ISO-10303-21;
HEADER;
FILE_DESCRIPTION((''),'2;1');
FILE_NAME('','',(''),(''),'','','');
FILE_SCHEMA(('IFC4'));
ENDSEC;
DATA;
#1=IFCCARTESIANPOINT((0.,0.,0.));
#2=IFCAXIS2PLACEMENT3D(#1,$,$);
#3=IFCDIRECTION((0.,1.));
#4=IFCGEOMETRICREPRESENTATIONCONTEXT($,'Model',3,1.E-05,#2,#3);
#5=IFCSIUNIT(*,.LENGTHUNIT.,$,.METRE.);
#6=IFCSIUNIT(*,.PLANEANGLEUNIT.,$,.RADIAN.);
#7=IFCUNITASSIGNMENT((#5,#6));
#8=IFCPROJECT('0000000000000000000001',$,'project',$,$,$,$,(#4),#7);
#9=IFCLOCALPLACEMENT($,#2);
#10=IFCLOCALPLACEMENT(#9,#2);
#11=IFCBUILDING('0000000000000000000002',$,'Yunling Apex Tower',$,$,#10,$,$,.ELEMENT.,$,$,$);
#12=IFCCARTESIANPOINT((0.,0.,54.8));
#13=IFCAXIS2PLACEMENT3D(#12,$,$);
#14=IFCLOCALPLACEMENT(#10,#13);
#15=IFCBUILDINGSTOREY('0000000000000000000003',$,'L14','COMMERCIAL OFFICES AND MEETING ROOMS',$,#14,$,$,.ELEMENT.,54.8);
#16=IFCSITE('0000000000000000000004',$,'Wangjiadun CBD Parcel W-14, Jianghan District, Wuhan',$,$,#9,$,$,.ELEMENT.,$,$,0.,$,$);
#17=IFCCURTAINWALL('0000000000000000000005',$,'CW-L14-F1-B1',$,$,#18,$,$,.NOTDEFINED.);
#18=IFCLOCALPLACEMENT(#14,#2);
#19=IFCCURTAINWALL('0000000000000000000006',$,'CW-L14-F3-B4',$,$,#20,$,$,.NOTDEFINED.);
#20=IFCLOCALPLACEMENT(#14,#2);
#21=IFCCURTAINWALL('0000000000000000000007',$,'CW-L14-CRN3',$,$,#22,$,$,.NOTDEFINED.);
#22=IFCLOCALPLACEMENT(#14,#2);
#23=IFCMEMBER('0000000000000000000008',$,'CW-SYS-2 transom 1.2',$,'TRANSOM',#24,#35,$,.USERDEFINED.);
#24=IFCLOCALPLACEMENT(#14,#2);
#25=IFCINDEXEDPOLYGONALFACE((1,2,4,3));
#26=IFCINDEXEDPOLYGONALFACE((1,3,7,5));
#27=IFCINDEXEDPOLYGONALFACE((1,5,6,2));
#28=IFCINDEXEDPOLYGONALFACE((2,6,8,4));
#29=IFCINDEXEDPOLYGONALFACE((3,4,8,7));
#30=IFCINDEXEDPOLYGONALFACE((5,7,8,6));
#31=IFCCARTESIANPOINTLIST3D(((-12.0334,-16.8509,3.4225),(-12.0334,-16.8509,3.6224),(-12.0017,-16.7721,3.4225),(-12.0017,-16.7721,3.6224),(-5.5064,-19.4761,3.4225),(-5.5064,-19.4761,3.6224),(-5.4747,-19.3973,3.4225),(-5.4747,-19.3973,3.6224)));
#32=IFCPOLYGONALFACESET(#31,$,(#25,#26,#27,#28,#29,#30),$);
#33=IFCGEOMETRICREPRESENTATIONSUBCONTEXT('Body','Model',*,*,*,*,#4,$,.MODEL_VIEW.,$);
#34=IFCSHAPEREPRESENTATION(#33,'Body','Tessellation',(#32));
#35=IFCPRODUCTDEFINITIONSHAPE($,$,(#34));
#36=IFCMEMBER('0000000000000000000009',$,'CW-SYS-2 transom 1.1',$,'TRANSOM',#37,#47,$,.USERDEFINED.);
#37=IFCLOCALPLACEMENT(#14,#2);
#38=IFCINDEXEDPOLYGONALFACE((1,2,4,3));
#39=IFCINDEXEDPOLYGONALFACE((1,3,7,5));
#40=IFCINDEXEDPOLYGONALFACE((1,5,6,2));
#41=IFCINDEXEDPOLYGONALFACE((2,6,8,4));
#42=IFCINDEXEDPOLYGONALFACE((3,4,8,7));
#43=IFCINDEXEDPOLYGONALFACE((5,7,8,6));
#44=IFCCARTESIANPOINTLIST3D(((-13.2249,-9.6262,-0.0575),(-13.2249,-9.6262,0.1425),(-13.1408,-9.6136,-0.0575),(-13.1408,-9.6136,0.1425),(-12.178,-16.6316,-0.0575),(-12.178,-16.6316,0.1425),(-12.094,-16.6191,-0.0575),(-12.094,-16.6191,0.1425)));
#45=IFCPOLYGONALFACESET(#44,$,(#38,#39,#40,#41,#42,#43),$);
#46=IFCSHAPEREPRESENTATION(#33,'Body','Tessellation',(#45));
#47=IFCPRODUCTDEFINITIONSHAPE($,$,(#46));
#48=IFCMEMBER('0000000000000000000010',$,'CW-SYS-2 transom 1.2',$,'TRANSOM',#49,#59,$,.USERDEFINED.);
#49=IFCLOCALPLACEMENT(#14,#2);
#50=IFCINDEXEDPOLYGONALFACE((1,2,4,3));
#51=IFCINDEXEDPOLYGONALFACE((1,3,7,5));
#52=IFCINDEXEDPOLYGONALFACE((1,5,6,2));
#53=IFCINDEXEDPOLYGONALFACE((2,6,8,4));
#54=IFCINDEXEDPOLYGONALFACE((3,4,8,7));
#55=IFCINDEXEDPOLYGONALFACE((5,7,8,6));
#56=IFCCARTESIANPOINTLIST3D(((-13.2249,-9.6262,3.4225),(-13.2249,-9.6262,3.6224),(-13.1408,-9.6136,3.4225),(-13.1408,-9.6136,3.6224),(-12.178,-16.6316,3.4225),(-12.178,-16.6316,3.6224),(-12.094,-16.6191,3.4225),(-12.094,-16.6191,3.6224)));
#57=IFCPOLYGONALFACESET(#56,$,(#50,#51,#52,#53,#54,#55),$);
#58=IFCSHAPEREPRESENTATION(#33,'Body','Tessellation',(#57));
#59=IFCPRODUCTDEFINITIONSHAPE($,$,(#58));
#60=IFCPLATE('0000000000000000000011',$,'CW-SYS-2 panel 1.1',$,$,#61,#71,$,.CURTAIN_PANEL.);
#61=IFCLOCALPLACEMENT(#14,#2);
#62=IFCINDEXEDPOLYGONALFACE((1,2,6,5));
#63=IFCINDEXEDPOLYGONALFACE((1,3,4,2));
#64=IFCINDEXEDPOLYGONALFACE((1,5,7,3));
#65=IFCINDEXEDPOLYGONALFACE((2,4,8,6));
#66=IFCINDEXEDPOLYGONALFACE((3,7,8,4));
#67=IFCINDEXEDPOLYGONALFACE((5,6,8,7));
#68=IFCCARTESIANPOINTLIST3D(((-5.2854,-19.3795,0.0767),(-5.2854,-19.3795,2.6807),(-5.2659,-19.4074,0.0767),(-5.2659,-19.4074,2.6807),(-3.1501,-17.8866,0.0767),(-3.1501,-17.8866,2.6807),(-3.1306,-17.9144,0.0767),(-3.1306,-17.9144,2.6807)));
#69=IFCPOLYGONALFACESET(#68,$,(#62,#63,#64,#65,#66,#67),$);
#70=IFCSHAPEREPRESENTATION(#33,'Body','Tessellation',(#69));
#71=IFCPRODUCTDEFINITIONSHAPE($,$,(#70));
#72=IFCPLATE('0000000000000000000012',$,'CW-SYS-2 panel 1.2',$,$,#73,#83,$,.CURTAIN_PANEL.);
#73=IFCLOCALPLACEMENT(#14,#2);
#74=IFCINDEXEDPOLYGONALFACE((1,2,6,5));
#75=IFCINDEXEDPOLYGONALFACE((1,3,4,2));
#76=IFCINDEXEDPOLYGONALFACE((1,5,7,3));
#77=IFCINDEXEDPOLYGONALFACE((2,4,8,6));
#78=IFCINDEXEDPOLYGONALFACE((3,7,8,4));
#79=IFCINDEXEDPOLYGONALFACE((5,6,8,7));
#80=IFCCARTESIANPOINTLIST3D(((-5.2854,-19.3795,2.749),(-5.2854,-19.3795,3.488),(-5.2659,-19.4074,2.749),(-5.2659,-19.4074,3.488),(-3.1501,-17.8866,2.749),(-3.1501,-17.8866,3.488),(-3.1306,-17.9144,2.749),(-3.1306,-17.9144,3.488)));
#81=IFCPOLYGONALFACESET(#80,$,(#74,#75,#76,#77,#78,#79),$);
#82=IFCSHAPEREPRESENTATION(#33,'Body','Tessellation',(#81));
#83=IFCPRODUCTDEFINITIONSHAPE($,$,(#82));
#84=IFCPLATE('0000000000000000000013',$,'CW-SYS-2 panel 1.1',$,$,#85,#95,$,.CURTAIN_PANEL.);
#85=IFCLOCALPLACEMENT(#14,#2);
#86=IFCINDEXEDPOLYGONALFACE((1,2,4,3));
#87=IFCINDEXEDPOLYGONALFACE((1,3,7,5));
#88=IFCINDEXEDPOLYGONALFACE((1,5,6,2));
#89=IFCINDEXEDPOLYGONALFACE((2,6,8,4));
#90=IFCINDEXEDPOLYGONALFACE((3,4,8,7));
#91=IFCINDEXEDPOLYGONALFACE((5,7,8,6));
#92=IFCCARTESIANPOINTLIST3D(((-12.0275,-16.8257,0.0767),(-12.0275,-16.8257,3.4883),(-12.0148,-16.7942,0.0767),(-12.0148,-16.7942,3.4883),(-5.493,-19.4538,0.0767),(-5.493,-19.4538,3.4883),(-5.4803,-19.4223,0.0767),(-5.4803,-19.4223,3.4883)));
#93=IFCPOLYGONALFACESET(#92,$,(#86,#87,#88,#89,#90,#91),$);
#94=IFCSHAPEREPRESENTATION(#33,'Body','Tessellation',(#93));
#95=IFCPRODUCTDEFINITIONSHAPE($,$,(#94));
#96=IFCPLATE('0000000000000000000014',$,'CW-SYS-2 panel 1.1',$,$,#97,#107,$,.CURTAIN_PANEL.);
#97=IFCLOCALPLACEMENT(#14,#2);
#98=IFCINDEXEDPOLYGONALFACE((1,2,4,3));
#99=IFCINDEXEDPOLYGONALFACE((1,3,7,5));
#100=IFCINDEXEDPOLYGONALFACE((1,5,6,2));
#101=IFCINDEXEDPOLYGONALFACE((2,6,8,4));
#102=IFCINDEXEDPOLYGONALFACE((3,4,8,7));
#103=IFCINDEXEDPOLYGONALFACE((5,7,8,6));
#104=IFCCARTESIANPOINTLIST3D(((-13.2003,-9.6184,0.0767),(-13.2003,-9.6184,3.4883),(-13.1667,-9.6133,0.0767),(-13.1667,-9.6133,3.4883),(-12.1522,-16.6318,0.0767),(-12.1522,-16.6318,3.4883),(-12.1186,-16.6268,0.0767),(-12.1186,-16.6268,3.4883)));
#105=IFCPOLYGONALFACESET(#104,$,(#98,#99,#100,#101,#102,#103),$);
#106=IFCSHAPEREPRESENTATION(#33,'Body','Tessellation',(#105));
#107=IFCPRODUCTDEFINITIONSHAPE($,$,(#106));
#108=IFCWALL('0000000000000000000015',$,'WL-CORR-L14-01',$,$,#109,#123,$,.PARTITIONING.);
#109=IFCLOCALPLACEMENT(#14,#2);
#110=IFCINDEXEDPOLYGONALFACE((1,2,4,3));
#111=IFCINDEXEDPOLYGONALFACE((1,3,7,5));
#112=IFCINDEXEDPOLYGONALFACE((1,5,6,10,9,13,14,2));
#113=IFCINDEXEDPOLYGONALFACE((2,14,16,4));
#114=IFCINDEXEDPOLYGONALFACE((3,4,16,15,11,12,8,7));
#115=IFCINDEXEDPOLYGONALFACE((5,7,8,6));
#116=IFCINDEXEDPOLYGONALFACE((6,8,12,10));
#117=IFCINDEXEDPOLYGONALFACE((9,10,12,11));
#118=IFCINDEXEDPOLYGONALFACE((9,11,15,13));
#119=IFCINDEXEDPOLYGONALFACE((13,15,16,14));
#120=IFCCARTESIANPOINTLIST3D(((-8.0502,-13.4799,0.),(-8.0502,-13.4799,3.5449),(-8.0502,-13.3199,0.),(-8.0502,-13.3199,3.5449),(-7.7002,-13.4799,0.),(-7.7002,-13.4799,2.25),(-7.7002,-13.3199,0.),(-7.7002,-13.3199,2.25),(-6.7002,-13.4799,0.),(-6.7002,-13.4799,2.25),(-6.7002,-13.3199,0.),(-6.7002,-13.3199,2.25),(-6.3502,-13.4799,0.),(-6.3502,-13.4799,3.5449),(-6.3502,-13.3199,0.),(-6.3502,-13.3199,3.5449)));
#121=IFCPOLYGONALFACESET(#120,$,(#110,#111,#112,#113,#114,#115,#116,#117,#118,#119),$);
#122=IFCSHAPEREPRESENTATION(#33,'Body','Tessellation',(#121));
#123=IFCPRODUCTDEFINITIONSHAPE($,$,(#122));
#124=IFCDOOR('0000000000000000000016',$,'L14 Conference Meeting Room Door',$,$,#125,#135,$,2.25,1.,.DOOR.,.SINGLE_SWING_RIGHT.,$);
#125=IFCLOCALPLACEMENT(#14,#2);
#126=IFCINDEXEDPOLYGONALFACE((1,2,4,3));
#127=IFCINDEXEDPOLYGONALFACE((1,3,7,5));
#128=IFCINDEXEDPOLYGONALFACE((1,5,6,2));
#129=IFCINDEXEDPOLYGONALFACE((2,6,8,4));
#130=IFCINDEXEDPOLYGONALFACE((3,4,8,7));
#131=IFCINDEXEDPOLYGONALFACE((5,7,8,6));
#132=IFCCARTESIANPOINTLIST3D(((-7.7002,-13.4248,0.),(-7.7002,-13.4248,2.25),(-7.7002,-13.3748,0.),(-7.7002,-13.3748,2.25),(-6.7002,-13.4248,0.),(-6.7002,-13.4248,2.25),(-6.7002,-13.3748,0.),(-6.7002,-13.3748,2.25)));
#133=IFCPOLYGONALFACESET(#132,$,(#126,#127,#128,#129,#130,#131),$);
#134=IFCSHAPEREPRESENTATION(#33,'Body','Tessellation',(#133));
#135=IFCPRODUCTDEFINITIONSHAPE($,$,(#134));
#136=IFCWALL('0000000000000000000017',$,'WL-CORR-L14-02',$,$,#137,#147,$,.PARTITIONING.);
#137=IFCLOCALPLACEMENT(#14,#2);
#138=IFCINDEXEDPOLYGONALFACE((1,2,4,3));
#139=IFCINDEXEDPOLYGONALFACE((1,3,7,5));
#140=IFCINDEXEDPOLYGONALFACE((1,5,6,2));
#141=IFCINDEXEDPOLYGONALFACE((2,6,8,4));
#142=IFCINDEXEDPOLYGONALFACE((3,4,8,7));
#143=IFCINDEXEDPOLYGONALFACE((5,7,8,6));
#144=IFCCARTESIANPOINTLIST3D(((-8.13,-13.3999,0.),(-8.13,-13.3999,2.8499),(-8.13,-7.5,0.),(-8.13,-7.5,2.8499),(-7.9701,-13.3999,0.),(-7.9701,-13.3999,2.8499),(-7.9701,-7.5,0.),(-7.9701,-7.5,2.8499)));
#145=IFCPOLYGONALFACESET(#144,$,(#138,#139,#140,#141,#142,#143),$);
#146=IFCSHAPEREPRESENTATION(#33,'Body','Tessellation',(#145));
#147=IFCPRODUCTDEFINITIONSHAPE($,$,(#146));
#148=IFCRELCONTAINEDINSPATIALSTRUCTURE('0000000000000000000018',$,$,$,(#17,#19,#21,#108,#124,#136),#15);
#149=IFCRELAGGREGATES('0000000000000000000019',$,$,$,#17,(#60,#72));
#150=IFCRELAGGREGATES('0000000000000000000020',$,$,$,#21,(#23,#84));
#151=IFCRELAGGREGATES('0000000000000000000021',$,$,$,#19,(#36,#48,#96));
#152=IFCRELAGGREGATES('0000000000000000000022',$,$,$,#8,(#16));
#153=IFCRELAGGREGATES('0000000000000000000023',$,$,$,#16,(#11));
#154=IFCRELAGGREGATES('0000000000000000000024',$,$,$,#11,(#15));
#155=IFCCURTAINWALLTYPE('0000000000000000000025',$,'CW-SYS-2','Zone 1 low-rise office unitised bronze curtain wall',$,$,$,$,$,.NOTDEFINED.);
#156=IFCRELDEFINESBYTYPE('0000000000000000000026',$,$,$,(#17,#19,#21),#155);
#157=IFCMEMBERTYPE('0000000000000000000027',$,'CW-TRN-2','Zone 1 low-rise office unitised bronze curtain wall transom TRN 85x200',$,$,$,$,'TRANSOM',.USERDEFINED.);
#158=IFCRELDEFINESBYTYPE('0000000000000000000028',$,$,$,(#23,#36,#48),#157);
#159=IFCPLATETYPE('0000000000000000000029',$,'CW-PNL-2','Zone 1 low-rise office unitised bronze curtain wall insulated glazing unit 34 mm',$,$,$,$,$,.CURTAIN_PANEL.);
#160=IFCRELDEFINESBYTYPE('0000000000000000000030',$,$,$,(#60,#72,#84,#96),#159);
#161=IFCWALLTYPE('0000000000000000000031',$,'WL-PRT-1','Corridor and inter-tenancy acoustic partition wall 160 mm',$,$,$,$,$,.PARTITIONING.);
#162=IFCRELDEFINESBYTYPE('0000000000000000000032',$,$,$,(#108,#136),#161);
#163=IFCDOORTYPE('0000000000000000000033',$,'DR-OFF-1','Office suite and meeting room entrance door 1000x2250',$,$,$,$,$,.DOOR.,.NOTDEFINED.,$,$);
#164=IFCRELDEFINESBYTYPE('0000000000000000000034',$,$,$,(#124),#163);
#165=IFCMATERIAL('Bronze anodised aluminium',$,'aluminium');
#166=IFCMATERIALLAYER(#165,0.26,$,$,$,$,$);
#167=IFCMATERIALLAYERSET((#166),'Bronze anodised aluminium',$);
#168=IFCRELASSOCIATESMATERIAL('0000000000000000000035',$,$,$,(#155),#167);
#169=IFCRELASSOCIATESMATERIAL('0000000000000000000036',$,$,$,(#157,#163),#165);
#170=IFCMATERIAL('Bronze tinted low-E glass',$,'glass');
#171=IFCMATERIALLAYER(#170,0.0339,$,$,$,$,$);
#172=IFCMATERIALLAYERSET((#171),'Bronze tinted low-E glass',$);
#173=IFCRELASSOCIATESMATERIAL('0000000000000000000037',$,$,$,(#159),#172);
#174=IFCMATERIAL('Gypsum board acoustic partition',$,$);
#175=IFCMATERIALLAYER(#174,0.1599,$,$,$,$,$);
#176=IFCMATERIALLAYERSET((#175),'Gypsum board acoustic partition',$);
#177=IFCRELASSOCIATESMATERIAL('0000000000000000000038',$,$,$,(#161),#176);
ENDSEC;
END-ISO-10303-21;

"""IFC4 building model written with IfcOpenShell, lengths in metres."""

from ifc_helpers import new_model, si_unit, direction, frame, frame_2d, origin, origin_2d, place, context, subcontext, project, spatial, rectangle, extrude, source, transform, mapped, material, layer, layer_set, material_profile, profile_set, type_object, element, fill, aggregate, save


model = new_model("IFC4")

# Units and contexts
model_context = context("Model", 3, precision=1e-05, world=origin(), true_north=direction((0.0, 1.0)))
body_context = subcontext(model_context, "Body", "Model", "MODEL_VIEW")
ifc_project = project(units=[si_unit("LENGTHUNIT", "METRE"), si_unit("PLANEANGLEUNIT", "RADIAN")], contexts=[model_context])

# Site, building, storey
site_placement = place(None, origin())
site = spatial("IfcSite", under=ifc_project, at=site_placement, Name="Wangjiadun CBD Parcel W-14, Jianghan District, Wuhan", CompositionType="ELEMENT", RefElevation=0.0)
building_placement = place(site_placement, origin())
building = spatial("IfcBuilding", under=site, at=building_placement, Name="Yunling Apex Tower", CompositionType="ELEMENT")
storey_placement = place(building_placement, frame((0.0, 0.0, 54.8)))
storey = spatial("IfcBuildingStorey", under=building, at=storey_placement, Name="L14", Description="COMMERCIAL OFFICES AND MEETING ROOMS", CompositionType="ELEMENT", Elevation=54.8)

# Curtain wall
ifc_material_1 = material(Name="Bronze anodised aluminium", Category="aluminium")
ifc_layer_1 = layer(ifc_material_1, 0.26)
ifc_layer_set_1 = layer_set([ifc_layer_1], Name="Bronze anodised aluminium")
curtain_wall_type = type_object("IfcCurtainWallType", Name="CW-SYS-2", Description="Zone 1 low-rise office unitised bronze curtain wall", PredefinedType="NOTDEFINED", material=ifc_layer_set_1)
curtain_wall_1_placement = place(storey_placement, origin())
curtain_wall_1 = element("IfcCurtainWall", 1, at=curtain_wall_1_placement, inside=storey, type_object=curtain_wall_type, Name="CW-L14-F1-B1", PredefinedType="NOTDEFINED")

# Curtain walls
curtain_wall_2_placement = place(storey_placement, origin())
curtain_wall_2 = element("IfcCurtainWall", 2, at=curtain_wall_2_placement, inside=storey, type_object=curtain_wall_type, Name="CW-L14-F3-B4", PredefinedType="NOTDEFINED")
curtain_wall_3_placement = place(storey_placement, origin())
curtain_wall_3 = element("IfcCurtainWall", 3, at=curtain_wall_3_placement, inside=storey, type_object=curtain_wall_type, Name="CW-L14-CRN3", PredefinedType="NOTDEFINED")

# Members
ifc_material_profile_1 = material_profile(ifc_material_1, rectangle(XDim=0.085, YDim=0.2, at=origin_2d()))
ifc_profile_set_1 = profile_set([ifc_material_profile_1], Name="Bronze anodised aluminium")
member_type_1 = type_object("IfcMemberType", Name="CW-TRN-2", Description="Zone 1 low-rise office unitised bronze curtain wall transom TRN 85x200", ElementType="TRANSOM", PredefinedType="USERDEFINED", material=ifc_profile_set_1)
shared_shape_1 = source(origin(), body_context, "Body", "SweptSolid", [
    extrude(rectangle(XDim=0.085, YDim=0.2, at=origin_2d()), origin(), (0.0, 0.0, 1.0), 7.0352),
])
member_1_placement = place(storey_placement, frame((-12.0176, -16.8115, 3.5225), z_axis=(0.927769, -0.373155, 0.0), x_axis=(0.373155, 0.927769, 0.0)))
member_1 = element("IfcMember", 4, at=member_1_placement, type_object=member_type_1, Name="CW-SYS-2 transom 1.2", ObjectType="TRANSOM", PredefinedType="USERDEFINED", context=body_context, shape_type="MappedRepresentation", body=[
    mapped(shared_shape_1, transform((0.0, 0.0, 0.0), scale=1.0)),
])
shared_shape_2 = source(origin(), body_context, "Body", "SweptSolid", [
    extrude(rectangle(XDim=0.085, YDim=0.2, at=origin_2d()), origin(), (0.0, 0.0, 1.0), 7.0833),
])
member_2_placement = place(storey_placement, frame((-13.1829, -9.6199, 0.0425), z_axis=(0.147798, -0.989018, 0.0), x_axis=(0.989018, 0.147798, 0.0)))
member_2 = element("IfcMember", 5, at=member_2_placement, type_object=member_type_1, Name="CW-SYS-2 transom 1.1", ObjectType="TRANSOM", PredefinedType="USERDEFINED", context=body_context, shape_type="MappedRepresentation", body=[
    mapped(shared_shape_2, transform((0.0, 0.0, 0.0), scale=1.0)),
])
member_3_placement = place(storey_placement, frame((-13.1829, -9.6199, 3.5225), z_axis=(0.147798, -0.989018, 0.0), x_axis=(0.989018, 0.147798, 0.0)))
member_3 = element("IfcMember", 6, at=member_3_placement, type_object=member_type_1, Name="CW-SYS-2 transom 1.2", ObjectType="TRANSOM", PredefinedType="USERDEFINED", context=body_context, shape_type="MappedRepresentation", body=[
    mapped(shared_shape_2, transform((0.0, 0.0, 0.0), scale=1.0)),
])

# Plates
ifc_material_2 = material(Name="Bronze tinted low-E glass", Category="glass")
ifc_layer_2 = layer(ifc_material_2, 0.0339)
ifc_layer_set_2 = layer_set([ifc_layer_2], Name="Bronze tinted low-E glass")
plate_type = type_object("IfcPlateType", Name="CW-PNL-2", Description="Zone 1 low-rise office unitised bronze curtain wall insulated glazing unit 34 mm", PredefinedType="CURTAIN_PANEL", material=ifc_layer_set_2)
shared_shape_3 = source(origin(), body_context, "Body", "SweptSolid", [
    extrude(rectangle(XDim=2.6055, YDim=0.0339, at=origin_2d()), origin(), (0.0, 0.0, 1.0), 2.604),
])
plate_1_placement = place(storey_placement, frame((-4.208, -18.647, 0.0767), z_axis=(0.0, 0.0, 1.0), x_axis=(0.819552, 0.573004, 0.0)))
plate_1 = element("IfcPlate", 7, at=plate_1_placement, type_object=plate_type, Name="CW-SYS-2 panel 1.1", PredefinedType="CURTAIN_PANEL", context=body_context, shape_type="MappedRepresentation", body=[
    mapped(shared_shape_3, transform((0.0, 0.0, 0.0), scale=1.0)),
])
shared_shape_4 = source(origin(), body_context, "Body", "SweptSolid", [
    extrude(rectangle(XDim=2.6055, YDim=0.0339, at=origin_2d()), origin(), (0.0, 0.0, 1.0), 0.739),
])
plate_2_placement = place(storey_placement, frame((-4.208, -18.647, 2.749), z_axis=(0.0, 0.0, 1.0), x_axis=(0.819552, 0.573004, 0.0)))
plate_2 = element("IfcPlate", 8, at=plate_2_placement, type_object=plate_type, Name="CW-SYS-2 panel 1.2", PredefinedType="CURTAIN_PANEL", context=body_context, shape_type="MappedRepresentation", body=[
    mapped(shared_shape_4, transform((0.0, 0.0, 0.0), scale=1.0)),
])
aggregate(curtain_wall_1, [plate_1, plate_2])
shared_shape_5 = source(origin(), body_context, "Body", "SweptSolid", [
    extrude(rectangle(XDim=7.0432, YDim=0.0339, at=origin_2d()), origin(), (0.0, 0.0, 1.0), 3.4116),
])
plate_3_placement = place(storey_placement, frame((-8.7539, -18.124, 0.0767), z_axis=(0.0, 0.0, 1.0), x_axis=(0.927774, -0.373144, 0.0)))
plate_3 = element("IfcPlate", 9, at=plate_3_placement, type_object=plate_type, Name="CW-SYS-2 panel 1.1", PredefinedType="CURTAIN_PANEL", context=body_context, shape_type="MappedRepresentation", body=[
    mapped(shared_shape_5, transform((0.0, 0.0, 0.0), scale=1.0)),
])
aggregate(curtain_wall_3, [member_1, plate_3])
shared_shape_6 = source(origin(), body_context, "Body", "SweptSolid", [
    extrude(rectangle(XDim=7.0913, YDim=0.0339, at=origin_2d()), origin(), (0.0, 0.0, 1.0), 3.4116),
])
plate_4_placement = place(storey_placement, frame((-12.6594, -13.1226, 0.0767), z_axis=(0.0, 0.0, 1.0), x_axis=(0.147801, -0.989017, 0.0)))
plate_4 = element("IfcPlate", 10, at=plate_4_placement, type_object=plate_type, Name="CW-SYS-2 panel 1.1", PredefinedType="CURTAIN_PANEL", context=body_context, shape_type="MappedRepresentation", body=[
    mapped(shared_shape_6, transform((0.0, 0.0, 0.0), scale=1.0)),
])
aggregate(curtain_wall_2, [member_2, member_3, plate_4])

# Wall, opening, door
ifc_material_3 = material(Name="Gypsum board acoustic partition")
ifc_layer_3 = layer(ifc_material_3, 0.1599)
ifc_layer_set_3 = layer_set([ifc_layer_3], Name="Gypsum board acoustic partition")
wall_type = type_object("IfcWallType", Name="WL-PRT-1", Description="Corridor and inter-tenancy acoustic partition wall 160 mm", PredefinedType="PARTITIONING", material=ifc_layer_set_3)
wall_1_placement = place(storey_placement, frame((-6.3501, -13.3999, 0.0), z_axis=(0.0, 0.0, 1.0), x_axis=(-1.0, 0.0, 0.0)))
wall_1 = element("IfcWall", 11, at=wall_1_placement, inside=storey, type_object=wall_type, Name="WL-CORR-L14-01", PredefinedType="PARTITIONING", context=body_context, shape_type="SweptSolid", body=[
    extrude(rectangle(XDim=1.7, YDim=0.1599, at=frame_2d((0.8501, 0.0))), origin(), (0.0, 0.0, 1.0), 3.5449),
])
opening_placement = place(wall_1_placement, frame((0.3501, 0.0, 0.0)))
opening = element("IfcOpeningElement", 12, at=opening_placement, cuts=wall_1, PredefinedType="OPENING", context=body_context, shape_type="SweptSolid", body=[
    extrude(rectangle(XDim=1.0, YDim=2.25, at=frame_2d((0.5, 1.125))), frame((0.0, 0.0898, 0.0), z_axis=(0.0, -1.0, 0.0), x_axis=(1.0, 0.0, 0.0)), (0.0, 0.0, 1.0), 0.1799),
])
door_type = type_object("IfcDoorType", Name="DR-OFF-1", Description="Office suite and meeting room entrance door 1000x2250", OperationType="NOTDEFINED", PredefinedType="DOOR", material=ifc_material_1)
door_placement = place(opening_placement, origin())
door = element("IfcDoor", 13, at=door_placement, inside=storey, type_object=door_type, Name="L14 Conference Meeting Room Door", OperationType="SINGLE_SWING_RIGHT", OverallHeight=2.25, OverallWidth=1.0, PredefinedType="DOOR", context=body_context, shape_type="SweptSolid", body=[
    extrude(rectangle(XDim=1.0, YDim=2.25, at=frame_2d((0.5, 1.125))), frame((0.0, 0.0249, 0.0), z_axis=(0.0, -1.0, 0.0), x_axis=(1.0, 0.0, 0.0)), (0.0, 0.0, 1.0), 0.05),
])
fill(opening, door)

# Wall
wall_2_placement = place(storey_placement, frame((-8.05, -13.3999, 0.0), z_axis=(0.0, 0.0, 1.0), x_axis=(0.0, 1.0, 0.0)))
element("IfcWall", 14, at=wall_2_placement, inside=storey, type_object=wall_type, Name="WL-CORR-L14-02", PredefinedType="PARTITIONING", context=body_context, shape_type="SweptSolid", body=[
    extrude(rectangle(XDim=5.8999, YDim=0.1599, at=frame_2d((2.95, 0.0))), origin(), (0.0, 0.0, 1.0), 2.8499),
])

save(model, "model.ifc")
